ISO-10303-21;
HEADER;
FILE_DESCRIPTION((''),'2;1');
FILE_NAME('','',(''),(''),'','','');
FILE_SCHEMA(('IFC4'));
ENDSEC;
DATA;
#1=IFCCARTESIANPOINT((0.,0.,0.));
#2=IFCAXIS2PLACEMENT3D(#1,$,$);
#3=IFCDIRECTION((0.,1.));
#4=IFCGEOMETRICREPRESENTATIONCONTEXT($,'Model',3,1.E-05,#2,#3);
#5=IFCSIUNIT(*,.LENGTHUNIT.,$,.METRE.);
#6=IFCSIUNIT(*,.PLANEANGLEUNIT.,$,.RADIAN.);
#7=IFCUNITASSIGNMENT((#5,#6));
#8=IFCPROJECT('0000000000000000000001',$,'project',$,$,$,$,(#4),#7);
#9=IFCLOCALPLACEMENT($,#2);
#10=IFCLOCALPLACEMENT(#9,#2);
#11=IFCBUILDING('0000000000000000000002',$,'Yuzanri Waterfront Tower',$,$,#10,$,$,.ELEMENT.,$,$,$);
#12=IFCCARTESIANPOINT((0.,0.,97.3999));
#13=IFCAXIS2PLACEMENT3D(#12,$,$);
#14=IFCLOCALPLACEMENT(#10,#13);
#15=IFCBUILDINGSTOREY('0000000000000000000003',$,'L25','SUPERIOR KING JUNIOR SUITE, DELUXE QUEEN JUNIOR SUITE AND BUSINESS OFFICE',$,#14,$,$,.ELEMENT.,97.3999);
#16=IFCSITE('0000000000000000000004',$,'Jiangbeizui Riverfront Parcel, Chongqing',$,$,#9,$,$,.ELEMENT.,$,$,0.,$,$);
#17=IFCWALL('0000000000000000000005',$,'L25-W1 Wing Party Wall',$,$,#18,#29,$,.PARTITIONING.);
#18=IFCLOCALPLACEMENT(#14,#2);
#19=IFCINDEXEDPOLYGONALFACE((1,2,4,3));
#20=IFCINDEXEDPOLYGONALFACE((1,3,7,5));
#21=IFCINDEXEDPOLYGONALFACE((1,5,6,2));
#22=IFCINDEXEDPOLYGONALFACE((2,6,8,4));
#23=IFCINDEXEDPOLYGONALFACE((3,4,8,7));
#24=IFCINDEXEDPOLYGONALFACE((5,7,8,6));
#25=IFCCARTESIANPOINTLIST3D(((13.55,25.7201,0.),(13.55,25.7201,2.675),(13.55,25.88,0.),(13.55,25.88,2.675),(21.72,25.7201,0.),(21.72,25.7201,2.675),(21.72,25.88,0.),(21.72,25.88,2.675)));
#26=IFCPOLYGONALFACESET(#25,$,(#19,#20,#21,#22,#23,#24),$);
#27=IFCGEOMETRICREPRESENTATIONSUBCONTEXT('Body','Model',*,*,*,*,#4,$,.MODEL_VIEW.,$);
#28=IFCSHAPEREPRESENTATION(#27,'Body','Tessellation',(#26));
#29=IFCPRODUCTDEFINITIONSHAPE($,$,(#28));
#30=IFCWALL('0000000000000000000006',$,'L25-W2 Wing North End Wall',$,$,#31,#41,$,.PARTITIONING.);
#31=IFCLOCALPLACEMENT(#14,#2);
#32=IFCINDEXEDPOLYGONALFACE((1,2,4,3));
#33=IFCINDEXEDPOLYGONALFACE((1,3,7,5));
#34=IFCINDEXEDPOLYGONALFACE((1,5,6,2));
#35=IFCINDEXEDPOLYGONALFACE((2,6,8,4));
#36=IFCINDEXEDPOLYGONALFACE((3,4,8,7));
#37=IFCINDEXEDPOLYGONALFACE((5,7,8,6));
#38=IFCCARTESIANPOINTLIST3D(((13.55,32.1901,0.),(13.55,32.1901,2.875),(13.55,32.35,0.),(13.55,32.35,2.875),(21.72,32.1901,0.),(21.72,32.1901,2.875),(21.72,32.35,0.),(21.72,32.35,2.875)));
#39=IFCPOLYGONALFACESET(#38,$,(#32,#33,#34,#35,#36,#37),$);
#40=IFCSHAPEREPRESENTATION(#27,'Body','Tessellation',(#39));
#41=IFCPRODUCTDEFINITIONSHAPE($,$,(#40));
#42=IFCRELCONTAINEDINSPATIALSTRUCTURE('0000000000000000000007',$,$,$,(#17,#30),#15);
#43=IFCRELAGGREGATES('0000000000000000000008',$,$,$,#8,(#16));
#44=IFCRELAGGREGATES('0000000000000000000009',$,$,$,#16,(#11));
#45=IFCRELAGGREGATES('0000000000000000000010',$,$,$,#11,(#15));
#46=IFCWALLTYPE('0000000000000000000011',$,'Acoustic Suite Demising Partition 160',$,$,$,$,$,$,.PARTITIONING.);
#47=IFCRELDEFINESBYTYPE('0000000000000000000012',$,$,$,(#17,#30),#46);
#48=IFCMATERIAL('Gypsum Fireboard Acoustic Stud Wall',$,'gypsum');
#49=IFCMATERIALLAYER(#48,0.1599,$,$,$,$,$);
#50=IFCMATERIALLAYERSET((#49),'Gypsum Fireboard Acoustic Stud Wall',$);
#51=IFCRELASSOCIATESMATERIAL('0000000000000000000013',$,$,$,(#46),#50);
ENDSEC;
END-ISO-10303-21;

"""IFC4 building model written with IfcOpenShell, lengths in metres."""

from ifc_helpers import new_model, si_unit, direction, frame, frame_2d, origin, place, context, subcontext, project, spatial, rectangle, extrude, source, transform, mapped, material, layer, layer_set, type_object, element, save


model = new_model("IFC4")

# Units and contexts
model_context = context("Model", 3, precision=1e-05, world=origin(), true_north=direction((0.0, 1.0)))
body_context = subcontext(model_context, "Body", "Model", "MODEL_VIEW")
ifc_project = project(units=[si_unit("LENGTHUNIT", "METRE"), si_unit("PLANEANGLEUNIT", "RADIAN")], contexts=[model_context])

# Site, building, storey
site_placement = place(None, origin())
site = spatial("IfcSite", under=ifc_project, at=site_placement, Name="Jiangbeizui Riverfront Parcel, Chongqing", CompositionType="ELEMENT", RefElevation=0.0)
building_placement = place(site_placement, origin())
building = spatial("IfcBuilding", under=site, at=building_placement, Name="Yuzanri Waterfront Tower", CompositionType="ELEMENT")
storey_placement = place(building_placement, frame((0.0, 0.0, 97.3999)))
storey = spatial("IfcBuildingStorey", under=building, at=storey_placement, Name="L25", Description="SUPERIOR KING JUNIOR SUITE, DELUXE QUEEN JUNIOR SUITE AND BUSINESS OFFICE", CompositionType="ELEMENT", Elevation=97.3999)

# Walls
ifc_material_1 = material(Name="Gypsum Fireboard Acoustic Stud Wall", Category="gypsum")
ifc_layer_1 = layer(ifc_material_1, 0.1599)
ifc_layer_set_1 = layer_set([ifc_layer_1], Name="Gypsum Fireboard Acoustic Stud Wall")
wall_type_1 = type_object("IfcWallType", Name="Acoustic Suite Demising Partition 160", PredefinedType="PARTITIONING", material=ifc_layer_set_1)
shared_shape_1 = source(origin(), body_context, "Body", "SweptSolid", [
    extrude(rectangle(XDim=8.1699, YDim=0.1599, at=frame_2d((4.085, 0.0))), origin(), (0.0, 0.0, 1.0), 2.675),
])
wall_1_placement = place(storey_placement, frame((13.55, 25.8, 0.0), z_axis=(0.0, 0.0, 1.0), x_axis=(1.0, 0.0, 0.0)))
element("IfcWall", 1, at=wall_1_placement, inside=storey, type_object=wall_type_1, Name="L25-W1 Wing Party Wall", PredefinedType="PARTITIONING", context=body_context, shape_type="MappedRepresentation", body=[
    mapped(shared_shape_1, transform((0.0, 0.0, 0.0), scale=1.0)),
])
shared_shape_2 = source(origin(), body_context, "Body", "SweptSolid", [
    extrude(rectangle(XDim=8.1699, YDim=0.1599, at=frame_2d((4.085, 0.0))), origin(), (0.0, 0.0, 1.0), 2.875),
])
wall_2_placement = place(storey_placement, frame((13.55, 32.27, 0.0), z_axis=(0.0, 0.0, 1.0), x_axis=(1.0, 0.0, 0.0)))
element("IfcWall", 2, at=wall_2_placement, inside=storey, type_object=wall_type_1, Name="L25-W2 Wing North End Wall", PredefinedType="PARTITIONING", context=body_context, shape_type="MappedRepresentation", body=[
    mapped(shared_shape_2, transform((0.0, 0.0, 0.0), scale=1.0)),
])

save(model, "model.ifc")
